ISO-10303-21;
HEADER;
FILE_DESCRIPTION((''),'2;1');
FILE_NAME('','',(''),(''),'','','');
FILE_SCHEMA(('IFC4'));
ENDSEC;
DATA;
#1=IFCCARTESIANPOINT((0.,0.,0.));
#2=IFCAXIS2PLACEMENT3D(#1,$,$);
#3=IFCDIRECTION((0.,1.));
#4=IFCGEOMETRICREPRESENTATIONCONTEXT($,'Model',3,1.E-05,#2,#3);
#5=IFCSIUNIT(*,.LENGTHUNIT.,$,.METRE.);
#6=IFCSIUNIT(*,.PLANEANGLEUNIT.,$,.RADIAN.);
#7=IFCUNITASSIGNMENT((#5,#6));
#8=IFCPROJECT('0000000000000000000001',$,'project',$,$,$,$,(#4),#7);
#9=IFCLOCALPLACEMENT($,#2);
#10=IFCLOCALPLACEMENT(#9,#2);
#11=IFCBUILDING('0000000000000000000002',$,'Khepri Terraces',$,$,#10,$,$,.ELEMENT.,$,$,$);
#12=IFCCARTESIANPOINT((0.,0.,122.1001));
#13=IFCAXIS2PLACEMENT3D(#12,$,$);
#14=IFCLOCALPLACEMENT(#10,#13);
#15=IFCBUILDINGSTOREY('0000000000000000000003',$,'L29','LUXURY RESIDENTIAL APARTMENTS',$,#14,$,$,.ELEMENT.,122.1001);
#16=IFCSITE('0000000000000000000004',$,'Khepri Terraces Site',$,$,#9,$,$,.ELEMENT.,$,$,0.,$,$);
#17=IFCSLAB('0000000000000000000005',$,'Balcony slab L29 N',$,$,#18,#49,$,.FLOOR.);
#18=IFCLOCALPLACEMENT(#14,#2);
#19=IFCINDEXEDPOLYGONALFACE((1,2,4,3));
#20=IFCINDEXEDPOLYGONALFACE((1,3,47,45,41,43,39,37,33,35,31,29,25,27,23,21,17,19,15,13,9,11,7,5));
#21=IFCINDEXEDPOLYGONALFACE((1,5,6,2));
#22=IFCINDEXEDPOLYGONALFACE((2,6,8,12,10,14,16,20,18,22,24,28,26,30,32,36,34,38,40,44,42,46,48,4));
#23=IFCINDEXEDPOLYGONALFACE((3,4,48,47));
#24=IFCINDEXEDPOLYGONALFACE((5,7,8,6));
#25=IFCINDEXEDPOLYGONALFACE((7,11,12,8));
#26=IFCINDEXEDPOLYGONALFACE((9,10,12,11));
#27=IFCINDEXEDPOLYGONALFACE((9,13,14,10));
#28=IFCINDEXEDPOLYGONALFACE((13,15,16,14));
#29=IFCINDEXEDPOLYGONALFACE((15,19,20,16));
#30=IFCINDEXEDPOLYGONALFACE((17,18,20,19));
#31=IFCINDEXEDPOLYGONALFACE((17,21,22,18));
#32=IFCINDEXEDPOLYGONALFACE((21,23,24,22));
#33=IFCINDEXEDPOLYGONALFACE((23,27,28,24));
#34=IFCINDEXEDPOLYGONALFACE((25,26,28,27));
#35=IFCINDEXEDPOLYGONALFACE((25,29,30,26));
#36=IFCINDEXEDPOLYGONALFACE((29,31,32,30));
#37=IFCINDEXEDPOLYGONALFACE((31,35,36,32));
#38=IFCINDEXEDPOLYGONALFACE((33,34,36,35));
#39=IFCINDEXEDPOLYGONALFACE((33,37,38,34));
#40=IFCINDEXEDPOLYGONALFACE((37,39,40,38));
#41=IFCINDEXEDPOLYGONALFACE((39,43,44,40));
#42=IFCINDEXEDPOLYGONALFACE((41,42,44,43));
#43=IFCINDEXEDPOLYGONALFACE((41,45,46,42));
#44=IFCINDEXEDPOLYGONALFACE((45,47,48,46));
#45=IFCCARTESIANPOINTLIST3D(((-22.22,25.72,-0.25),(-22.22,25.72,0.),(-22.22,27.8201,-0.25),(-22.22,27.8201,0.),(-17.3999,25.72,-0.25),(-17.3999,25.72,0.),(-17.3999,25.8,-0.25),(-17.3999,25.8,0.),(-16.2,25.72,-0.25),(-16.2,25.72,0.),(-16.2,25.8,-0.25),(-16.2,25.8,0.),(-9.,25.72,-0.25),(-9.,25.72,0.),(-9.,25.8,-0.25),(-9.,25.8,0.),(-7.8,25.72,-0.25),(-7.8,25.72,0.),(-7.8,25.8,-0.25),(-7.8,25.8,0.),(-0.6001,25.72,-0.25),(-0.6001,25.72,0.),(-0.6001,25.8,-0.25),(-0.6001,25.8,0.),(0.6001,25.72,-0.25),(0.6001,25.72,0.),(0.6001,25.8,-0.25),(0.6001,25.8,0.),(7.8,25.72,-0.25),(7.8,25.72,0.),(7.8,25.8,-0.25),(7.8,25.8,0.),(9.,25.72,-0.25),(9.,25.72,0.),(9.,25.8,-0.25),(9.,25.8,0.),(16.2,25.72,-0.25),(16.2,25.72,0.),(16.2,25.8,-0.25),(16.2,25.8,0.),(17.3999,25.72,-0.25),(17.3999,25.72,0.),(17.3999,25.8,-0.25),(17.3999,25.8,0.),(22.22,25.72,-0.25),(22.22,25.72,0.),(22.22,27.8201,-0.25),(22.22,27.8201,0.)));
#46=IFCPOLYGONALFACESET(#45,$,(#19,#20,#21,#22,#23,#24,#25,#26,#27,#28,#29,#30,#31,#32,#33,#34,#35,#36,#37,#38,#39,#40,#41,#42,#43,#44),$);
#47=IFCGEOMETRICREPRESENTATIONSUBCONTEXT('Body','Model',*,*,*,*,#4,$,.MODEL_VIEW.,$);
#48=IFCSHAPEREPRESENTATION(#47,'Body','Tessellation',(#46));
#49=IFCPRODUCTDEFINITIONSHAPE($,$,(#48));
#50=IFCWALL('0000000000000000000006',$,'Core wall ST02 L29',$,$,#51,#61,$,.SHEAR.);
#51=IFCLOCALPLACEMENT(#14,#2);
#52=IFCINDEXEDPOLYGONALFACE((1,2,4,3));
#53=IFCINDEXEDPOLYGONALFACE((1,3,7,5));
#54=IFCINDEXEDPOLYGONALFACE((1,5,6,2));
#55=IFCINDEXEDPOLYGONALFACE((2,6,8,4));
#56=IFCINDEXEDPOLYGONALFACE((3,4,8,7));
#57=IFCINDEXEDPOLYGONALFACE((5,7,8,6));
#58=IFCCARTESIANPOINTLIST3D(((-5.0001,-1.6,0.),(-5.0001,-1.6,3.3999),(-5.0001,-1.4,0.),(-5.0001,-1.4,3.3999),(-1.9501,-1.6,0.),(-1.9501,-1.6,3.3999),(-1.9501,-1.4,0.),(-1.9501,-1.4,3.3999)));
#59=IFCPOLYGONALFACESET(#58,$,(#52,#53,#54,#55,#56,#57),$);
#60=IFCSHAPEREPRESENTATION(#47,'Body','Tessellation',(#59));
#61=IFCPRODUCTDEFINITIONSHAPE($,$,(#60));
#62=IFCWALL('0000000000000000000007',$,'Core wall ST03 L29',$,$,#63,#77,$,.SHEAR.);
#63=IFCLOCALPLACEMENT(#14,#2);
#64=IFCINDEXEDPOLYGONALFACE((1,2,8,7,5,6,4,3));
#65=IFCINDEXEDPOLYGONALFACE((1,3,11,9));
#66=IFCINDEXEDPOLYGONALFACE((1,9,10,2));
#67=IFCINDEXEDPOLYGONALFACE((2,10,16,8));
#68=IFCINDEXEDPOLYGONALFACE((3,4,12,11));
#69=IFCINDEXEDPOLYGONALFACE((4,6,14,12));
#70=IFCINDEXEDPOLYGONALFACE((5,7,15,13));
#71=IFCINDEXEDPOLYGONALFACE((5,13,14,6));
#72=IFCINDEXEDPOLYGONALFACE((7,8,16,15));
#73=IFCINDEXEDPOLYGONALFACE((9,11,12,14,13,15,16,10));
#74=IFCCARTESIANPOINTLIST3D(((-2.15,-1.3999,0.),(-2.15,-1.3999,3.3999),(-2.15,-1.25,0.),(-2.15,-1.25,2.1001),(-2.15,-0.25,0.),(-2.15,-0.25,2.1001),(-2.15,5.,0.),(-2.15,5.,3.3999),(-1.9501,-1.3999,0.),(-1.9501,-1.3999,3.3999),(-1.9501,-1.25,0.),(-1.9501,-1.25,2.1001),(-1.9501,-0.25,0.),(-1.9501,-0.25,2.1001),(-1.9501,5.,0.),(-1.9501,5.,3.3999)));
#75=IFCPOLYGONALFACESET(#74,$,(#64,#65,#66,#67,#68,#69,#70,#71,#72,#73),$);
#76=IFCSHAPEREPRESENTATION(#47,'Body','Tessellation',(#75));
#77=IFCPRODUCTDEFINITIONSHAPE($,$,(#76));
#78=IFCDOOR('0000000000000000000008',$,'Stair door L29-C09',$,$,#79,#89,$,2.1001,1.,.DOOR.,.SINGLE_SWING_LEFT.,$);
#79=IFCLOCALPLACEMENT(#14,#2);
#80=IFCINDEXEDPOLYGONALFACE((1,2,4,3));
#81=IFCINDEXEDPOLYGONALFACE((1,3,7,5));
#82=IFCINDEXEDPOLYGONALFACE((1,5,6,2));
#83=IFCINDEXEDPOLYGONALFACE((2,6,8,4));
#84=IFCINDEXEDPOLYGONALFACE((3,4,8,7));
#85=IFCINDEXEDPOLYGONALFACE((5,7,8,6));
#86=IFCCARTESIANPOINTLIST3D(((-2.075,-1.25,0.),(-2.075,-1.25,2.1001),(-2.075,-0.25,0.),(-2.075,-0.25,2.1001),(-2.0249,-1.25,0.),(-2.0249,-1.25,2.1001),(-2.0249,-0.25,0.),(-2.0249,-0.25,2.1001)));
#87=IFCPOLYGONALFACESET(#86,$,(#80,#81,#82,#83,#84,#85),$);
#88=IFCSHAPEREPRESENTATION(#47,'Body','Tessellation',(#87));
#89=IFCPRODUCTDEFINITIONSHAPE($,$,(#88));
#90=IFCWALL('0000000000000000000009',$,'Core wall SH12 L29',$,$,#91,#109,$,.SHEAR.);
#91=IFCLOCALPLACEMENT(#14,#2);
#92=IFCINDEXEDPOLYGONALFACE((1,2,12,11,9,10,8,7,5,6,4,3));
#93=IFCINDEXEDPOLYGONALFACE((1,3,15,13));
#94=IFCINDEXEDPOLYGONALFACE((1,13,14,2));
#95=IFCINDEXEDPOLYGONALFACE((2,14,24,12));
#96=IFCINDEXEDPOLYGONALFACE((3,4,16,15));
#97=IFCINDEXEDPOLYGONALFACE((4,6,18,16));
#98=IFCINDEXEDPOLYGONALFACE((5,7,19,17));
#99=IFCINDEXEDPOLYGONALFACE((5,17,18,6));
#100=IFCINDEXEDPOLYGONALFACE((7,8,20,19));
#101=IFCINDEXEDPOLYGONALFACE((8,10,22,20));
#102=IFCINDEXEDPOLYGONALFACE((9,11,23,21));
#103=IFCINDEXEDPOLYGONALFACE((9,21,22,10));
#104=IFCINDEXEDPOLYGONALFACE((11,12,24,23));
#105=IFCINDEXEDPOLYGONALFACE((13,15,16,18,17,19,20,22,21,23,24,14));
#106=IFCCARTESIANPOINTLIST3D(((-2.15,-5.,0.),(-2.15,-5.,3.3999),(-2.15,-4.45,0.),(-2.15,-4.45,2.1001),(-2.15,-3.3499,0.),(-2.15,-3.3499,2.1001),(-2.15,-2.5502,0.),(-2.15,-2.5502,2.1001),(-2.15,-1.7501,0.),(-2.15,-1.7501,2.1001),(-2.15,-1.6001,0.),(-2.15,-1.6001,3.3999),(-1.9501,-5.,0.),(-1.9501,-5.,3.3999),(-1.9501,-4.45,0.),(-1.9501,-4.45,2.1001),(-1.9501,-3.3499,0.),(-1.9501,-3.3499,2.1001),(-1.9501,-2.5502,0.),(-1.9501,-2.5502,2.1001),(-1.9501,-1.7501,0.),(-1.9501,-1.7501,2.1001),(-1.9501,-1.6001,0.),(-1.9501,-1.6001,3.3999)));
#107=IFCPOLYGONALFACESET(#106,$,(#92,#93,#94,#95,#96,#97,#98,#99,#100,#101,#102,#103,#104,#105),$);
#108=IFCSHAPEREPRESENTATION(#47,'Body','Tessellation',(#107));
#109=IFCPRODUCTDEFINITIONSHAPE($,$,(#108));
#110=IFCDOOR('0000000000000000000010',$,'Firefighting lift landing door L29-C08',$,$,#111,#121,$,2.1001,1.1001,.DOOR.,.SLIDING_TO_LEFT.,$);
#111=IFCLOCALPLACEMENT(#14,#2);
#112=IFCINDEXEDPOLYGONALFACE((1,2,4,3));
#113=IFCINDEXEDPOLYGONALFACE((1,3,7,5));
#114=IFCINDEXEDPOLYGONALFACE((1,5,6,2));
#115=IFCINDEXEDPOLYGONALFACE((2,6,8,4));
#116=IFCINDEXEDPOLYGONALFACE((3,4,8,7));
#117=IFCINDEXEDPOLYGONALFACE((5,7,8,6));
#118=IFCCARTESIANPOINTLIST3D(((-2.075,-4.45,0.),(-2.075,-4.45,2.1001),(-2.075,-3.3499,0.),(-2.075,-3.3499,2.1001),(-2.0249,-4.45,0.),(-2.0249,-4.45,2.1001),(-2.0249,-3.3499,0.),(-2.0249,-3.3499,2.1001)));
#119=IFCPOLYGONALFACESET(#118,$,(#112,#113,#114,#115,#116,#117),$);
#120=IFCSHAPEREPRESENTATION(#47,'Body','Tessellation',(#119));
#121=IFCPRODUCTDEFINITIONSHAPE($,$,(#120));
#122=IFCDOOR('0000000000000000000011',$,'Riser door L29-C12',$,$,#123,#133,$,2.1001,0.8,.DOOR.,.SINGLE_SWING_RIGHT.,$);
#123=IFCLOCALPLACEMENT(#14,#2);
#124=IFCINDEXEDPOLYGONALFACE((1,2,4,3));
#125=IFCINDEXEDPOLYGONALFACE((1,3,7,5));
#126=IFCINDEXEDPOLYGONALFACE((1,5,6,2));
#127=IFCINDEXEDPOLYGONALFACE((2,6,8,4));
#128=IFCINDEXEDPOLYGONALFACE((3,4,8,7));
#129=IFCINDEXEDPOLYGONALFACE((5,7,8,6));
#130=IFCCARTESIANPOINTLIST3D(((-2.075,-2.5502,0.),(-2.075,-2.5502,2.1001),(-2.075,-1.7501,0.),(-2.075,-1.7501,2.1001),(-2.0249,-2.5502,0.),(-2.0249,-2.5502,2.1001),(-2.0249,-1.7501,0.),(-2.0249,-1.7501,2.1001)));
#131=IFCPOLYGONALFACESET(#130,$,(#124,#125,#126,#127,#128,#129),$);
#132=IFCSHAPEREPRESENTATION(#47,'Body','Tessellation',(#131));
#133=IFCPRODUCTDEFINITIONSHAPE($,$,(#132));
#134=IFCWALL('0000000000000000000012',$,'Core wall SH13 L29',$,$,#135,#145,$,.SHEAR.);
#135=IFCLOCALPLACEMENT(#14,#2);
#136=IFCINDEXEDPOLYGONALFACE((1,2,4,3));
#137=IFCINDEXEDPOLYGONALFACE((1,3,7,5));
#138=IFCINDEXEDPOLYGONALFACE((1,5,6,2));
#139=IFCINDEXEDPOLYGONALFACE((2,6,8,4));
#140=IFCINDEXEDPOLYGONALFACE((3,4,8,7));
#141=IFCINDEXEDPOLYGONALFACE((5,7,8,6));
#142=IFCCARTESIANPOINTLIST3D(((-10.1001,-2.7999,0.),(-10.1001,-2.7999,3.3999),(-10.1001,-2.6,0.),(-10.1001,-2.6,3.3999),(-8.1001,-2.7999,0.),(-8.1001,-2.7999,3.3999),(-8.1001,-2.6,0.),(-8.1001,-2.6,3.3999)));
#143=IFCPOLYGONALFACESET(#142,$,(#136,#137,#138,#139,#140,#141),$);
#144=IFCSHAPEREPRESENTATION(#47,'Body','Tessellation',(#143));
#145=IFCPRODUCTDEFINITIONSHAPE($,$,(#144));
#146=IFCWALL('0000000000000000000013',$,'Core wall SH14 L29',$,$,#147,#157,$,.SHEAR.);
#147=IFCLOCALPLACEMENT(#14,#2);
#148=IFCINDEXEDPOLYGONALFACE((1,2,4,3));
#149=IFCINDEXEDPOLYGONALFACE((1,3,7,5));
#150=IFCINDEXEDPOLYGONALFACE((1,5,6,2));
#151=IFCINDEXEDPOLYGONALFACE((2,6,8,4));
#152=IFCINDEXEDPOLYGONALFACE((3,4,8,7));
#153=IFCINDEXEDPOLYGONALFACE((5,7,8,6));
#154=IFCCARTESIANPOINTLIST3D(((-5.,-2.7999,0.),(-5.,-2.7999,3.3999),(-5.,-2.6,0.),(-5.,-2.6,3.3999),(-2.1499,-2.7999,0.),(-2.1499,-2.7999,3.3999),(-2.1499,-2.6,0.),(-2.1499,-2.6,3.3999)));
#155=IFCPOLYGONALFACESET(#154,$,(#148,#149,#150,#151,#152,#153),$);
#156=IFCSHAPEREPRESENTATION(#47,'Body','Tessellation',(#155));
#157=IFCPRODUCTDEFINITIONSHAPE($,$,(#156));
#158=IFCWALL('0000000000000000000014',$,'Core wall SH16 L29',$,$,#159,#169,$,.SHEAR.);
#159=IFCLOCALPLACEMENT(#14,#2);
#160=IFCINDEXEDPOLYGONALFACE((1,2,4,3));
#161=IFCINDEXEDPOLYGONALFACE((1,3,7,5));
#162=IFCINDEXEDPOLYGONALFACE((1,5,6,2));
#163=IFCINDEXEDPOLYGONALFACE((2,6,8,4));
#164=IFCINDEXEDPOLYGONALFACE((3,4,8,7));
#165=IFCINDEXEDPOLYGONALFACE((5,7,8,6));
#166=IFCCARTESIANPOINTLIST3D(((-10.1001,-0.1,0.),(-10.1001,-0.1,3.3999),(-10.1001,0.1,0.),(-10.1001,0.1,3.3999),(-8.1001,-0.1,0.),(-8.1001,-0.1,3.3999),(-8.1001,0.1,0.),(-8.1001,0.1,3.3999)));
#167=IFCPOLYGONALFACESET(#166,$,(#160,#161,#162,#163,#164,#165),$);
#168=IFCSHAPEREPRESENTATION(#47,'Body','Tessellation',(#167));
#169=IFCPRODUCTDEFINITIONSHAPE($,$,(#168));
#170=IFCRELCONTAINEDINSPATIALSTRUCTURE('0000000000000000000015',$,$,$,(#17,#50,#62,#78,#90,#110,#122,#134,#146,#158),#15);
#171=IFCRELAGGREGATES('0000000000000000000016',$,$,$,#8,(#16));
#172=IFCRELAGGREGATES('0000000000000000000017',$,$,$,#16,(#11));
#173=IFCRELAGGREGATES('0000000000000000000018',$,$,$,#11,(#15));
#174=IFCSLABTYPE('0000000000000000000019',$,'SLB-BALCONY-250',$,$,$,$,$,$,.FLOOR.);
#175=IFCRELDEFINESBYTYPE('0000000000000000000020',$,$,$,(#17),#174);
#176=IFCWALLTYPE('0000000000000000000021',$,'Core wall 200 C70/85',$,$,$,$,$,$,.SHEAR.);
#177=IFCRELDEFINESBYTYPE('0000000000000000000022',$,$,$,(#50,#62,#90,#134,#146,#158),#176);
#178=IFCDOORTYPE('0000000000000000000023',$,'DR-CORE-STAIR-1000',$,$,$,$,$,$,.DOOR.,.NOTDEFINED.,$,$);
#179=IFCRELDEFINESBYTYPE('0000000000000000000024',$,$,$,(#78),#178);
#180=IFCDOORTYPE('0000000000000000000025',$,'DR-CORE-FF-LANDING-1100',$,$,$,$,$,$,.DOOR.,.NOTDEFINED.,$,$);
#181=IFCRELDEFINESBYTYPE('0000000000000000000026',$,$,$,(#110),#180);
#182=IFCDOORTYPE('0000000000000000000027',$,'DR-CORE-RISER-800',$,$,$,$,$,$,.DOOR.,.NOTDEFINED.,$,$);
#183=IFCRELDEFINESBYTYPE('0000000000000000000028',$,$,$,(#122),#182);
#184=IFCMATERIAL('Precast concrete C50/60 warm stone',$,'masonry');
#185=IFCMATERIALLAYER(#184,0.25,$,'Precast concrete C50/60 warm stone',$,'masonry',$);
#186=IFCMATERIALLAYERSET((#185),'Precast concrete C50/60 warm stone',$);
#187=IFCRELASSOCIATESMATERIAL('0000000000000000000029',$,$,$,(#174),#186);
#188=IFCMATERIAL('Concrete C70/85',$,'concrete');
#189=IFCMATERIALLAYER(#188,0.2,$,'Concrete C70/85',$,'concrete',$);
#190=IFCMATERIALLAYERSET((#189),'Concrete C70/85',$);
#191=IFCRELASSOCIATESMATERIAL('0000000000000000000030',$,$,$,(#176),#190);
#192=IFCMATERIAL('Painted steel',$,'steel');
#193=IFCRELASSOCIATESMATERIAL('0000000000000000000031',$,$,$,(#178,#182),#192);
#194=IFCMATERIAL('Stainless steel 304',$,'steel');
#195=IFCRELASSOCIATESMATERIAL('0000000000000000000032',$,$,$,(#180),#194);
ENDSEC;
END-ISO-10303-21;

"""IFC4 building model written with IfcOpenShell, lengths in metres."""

from ifc_helpers import new_model, si_unit, direction, frame, frame_2d, origin, place, context, subcontext, project, spatial, polyline, rectangle, outline, extrude, material, layer, layer_set, type_object, element, fill, save


model = new_model("IFC4")

# Units and contexts
model_context = context("Model", 3, precision=1e-05, world=origin(), true_north=direction((0.0, 1.0)))
body_context = subcontext(model_context, "Body", "Model", "MODEL_VIEW")
ifc_project = project(units=[si_unit("LENGTHUNIT", "METRE"), si_unit("PLANEANGLEUNIT", "RADIAN")], contexts=[model_context])

# Site, building, storey
site_placement = place(None, origin())
site = spatial("IfcSite", under=ifc_project, at=site_placement, Name="Khepri Terraces Site", CompositionType="ELEMENT", RefElevation=0.0)
building_placement = place(site_placement, origin())
building = spatial("IfcBuilding", under=site, at=building_placement, Name="Khepri Terraces", CompositionType="ELEMENT")
storey_placement = place(building_placement, frame((0.0, 0.0, 122.1001)))
storey = spatial("IfcBuildingStorey", under=building, at=storey_placement, Name="L29", Description="LUXURY RESIDENTIAL APARTMENTS", CompositionType="ELEMENT", Elevation=122.1001)

# Slab
ifc_material_1 = material(Name="Precast concrete C50/60 warm stone", Category="masonry")
ifc_layer_1 = layer(ifc_material_1, 0.25, Name="Precast concrete C50/60 warm stone", Category="masonry")
ifc_layer_set_1 = layer_set([ifc_layer_1], Name="Precast concrete C50/60 warm stone")
slab_type_1 = type_object("IfcSlabType", Name="SLB-BALCONY-250", PredefinedType="FLOOR", material=ifc_layer_set_1)
slab_1_placement = place(storey_placement, frame((0.0, 0.0, -0.25)))
element("IfcSlab", 1, at=slab_1_placement, inside=storey, type_object=slab_type_1, Name="Balcony slab L29 N", PredefinedType="FLOOR", context=body_context, shape_type="SweptSolid", body=[
    extrude(outline(polyline([(17.3999, 25.72), (22.22, 25.72), (22.22, 27.8201), (-22.22, 27.8201), (-22.22, 25.72), (-17.3999, 25.72), (-17.3999, 25.8), (-16.2, 25.8), (-16.2, 25.72), (-9.0, 25.72), (-9.0, 25.8), (-7.8, 25.8), (-7.8, 25.72), (-0.6001, 25.72), (-0.6001, 25.8), (0.6001, 25.8), (0.6001, 25.72), (7.8, 25.72), (7.8, 25.8), (9.0, 25.8), (9.0, 25.72), (16.2, 25.72), (16.2, 25.8), (17.3999, 25.8), (17.3999, 25.72)])), origin(), (0.0, 0.0, 1.0), 0.25),
])

# Wall
ifc_material_2 = material(Name="Concrete C70/85", Category="concrete")
ifc_layer_2 = layer(ifc_material_2, 0.2, Name="Concrete C70/85", Category="concrete")
ifc_layer_set_2 = layer_set([ifc_layer_2], Name="Concrete C70/85")
wall_type_1 = type_object("IfcWallType", Name="Core wall 200 C70/85", PredefinedType="SHEAR", material=ifc_layer_set_2)
wall_1_placement = place(storey_placement, frame((-5.0, -1.5, 0.0), z_axis=(0.0, 0.0, 1.0), x_axis=(1.0, 0.0, 0.0)))
element("IfcWall", 2, at=wall_1_placement, inside=storey, type_object=wall_type_1, Name="Core wall ST02 L29", PredefinedType="SHEAR", context=body_context, shape_type="SweptSolid", body=[
    extrude(rectangle(XDim=3.05, YDim=0.2, at=frame_2d((1.5249, 0.0))), origin(), (0.0, 0.0, 1.0), 3.3999),
])

# Wall, opening, door
wall_2_placement = place(storey_placement, frame((-2.05, -1.3999, 0.0), z_axis=(0.0, 0.0, 1.0), x_axis=(0.0, 1.0, 0.0)))
wall_2 = element("IfcWall", 3, at=wall_2_placement, inside=storey, type_object=wall_type_1, Name="Core wall ST03 L29", PredefinedType="SHEAR", context=body_context, shape_type="SweptSolid", body=[
    extrude(rectangle(XDim=6.3999, YDim=0.2, at=frame_2d((3.2, 0.0))), origin(), (0.0, 0.0, 1.0), 3.3999),
])
opening_1_placement = place(wall_2_placement, frame((0.1499, 0.0, 0.0)))
opening_1 = element("IfcOpeningElement", 4, at=opening_1_placement, cuts=wall_2, PredefinedType="OPENING", context=body_context, shape_type="SweptSolid", body=[
    extrude(rectangle(XDim=1.0, YDim=2.1001, at=frame_2d((0.5, 1.05))), frame((0.0, 0.1099, 0.0), z_axis=(0.0, -1.0, 0.0), x_axis=(1.0, 0.0, 0.0)), (0.0, 0.0, 1.0), 0.22),
])
ifc_material_3 = material(Name="Painted steel", Category="steel")
door_type_1 = type_object("IfcDoorType", Name="DR-CORE-STAIR-1000", OperationType="NOTDEFINED", PredefinedType="DOOR", material=ifc_material_3)
door_1_placement = place(opening_1_placement, origin())
door_1 = element("IfcDoor", 5, at=door_1_placement, inside=storey, type_object=door_type_1, Name="Stair door L29-C09", OperationType="SINGLE_SWING_LEFT", OverallHeight=2.1001, OverallWidth=1.0, PredefinedType="DOOR", context=body_context, shape_type="SweptSolid", body=[
    extrude(rectangle(XDim=1.0, YDim=2.1001, at=frame_2d((0.5, 1.05))), frame((0.0, 0.0249, 0.0), z_axis=(0.0, -1.0, 0.0), x_axis=(1.0, 0.0, 0.0)), (0.0, 0.0, 1.0), 0.05),
])
fill(opening_1, door_1)

# Wall, openings, doors
wall_3_placement = place(storey_placement, frame((-2.05, -5.0, 0.0), z_axis=(0.0, 0.0, 1.0), x_axis=(0.0, 1.0, 0.0)))
wall_3 = element("IfcWall", 6, at=wall_3_placement, inside=storey, type_object=wall_type_1, Name="Core wall SH12 L29", PredefinedType="SHEAR", context=body_context, shape_type="SweptSolid", body=[
    extrude(rectangle(XDim=3.3999, YDim=0.2, at=frame_2d((1.7, 0.0))), origin(), (0.0, 0.0, 1.0), 3.3999),
])
opening_2_placement = place(wall_3_placement, frame((0.55, 0.0, 0.0)))
opening_2 = element("IfcOpeningElement", 7, at=opening_2_placement, cuts=wall_3, PredefinedType="OPENING", context=body_context, shape_type="SweptSolid", body=[
    extrude(rectangle(XDim=1.1001, YDim=2.1001, at=frame_2d((0.55, 1.05))), frame((0.0, 0.1099, 0.0), z_axis=(0.0, -1.0, 0.0), x_axis=(1.0, 0.0, 0.0)), (0.0, 0.0, 1.0), 0.22),
])
opening_3_placement = place(wall_3_placement, frame((2.45, 0.0, 0.0)))
opening_3 = element("IfcOpeningElement", 8, at=opening_3_placement, cuts=wall_3, PredefinedType="OPENING", context=body_context, shape_type="SweptSolid", body=[
    extrude(rectangle(XDim=0.8, YDim=2.1001, at=frame_2d((0.3999, 1.05))), frame((0.0, 0.1099, 0.0), z_axis=(0.0, -1.0, 0.0), x_axis=(1.0, 0.0, 0.0)), (0.0, 0.0, 1.0), 0.22),
])
ifc_material_4 = material(Name="Stainless steel 304", Category="steel")
door_type_2 = type_object("IfcDoorType", Name="DR-CORE-FF-LANDING-1100", OperationType="NOTDEFINED", PredefinedType="DOOR", material=ifc_material_4)
door_2_placement = place(opening_2_placement, origin())
door_2 = element("IfcDoor", 9, at=door_2_placement, inside=storey, type_object=door_type_2, Name="Firefighting lift landing door L29-C08", OperationType="SLIDING_TO_LEFT", OverallHeight=2.1001, OverallWidth=1.1001, PredefinedType="DOOR", context=body_context, shape_type="SweptSolid", body=[
    extrude(rectangle(XDim=1.1001, YDim=2.1001, at=frame_2d((0.55, 1.05))), frame((0.0, 0.0249, 0.0), z_axis=(0.0, -1.0, 0.0), x_axis=(1.0, 0.0, 0.0)), (0.0, 0.0, 1.0), 0.05),
])
fill(opening_2, door_2)
door_type_3 = type_object("IfcDoorType", Name="DR-CORE-RISER-800", OperationType="NOTDEFINED", PredefinedType="DOOR", material=ifc_material_3)
door_3_placement = place(opening_3_placement, origin())
door_3 = element("IfcDoor", 10, at=door_3_placement, inside=storey, type_object=door_type_3, Name="Riser door L29-C12", OperationType="SINGLE_SWING_RIGHT", OverallHeight=2.1001, OverallWidth=0.8, PredefinedType="DOOR", context=body_context, shape_type="SweptSolid", body=[
    extrude(rectangle(XDim=0.8, YDim=2.1001, at=frame_2d((0.3999, 1.05))), frame((0.0, 0.0249, 0.0), z_axis=(0.0, -1.0, 0.0), x_axis=(1.0, 0.0, 0.0)), (0.0, 0.0, 1.0), 0.05),
])
fill(opening_3, door_3)

# Walls
wall_4_placement = place(storey_placement, frame((-10.1001, -2.7, 0.0), z_axis=(0.0, 0.0, 1.0), x_axis=(1.0, 0.0, 0.0)))
element("IfcWall", 11, at=wall_4_placement, inside=storey, type_object=wall_type_1, Name="Core wall SH13 L29", PredefinedType="SHEAR", context=body_context, shape_type="SweptSolid", body=[
    extrude(rectangle(XDim=2.0, YDim=0.2, at=frame_2d((1.0, 0.0))), origin(), (0.0, 0.0, 1.0), 3.3999),
])
wall_5_placement = place(storey_placement, frame((-5.0, -2.7, 0.0), z_axis=(0.0, 0.0, 1.0), x_axis=(1.0, 0.0, 0.0)))
element("IfcWall", 12, at=wall_5_placement, inside=storey, type_object=wall_type_1, Name="Core wall SH14 L29", PredefinedType="SHEAR", context=body_context, shape_type="SweptSolid", body=[
    extrude(rectangle(XDim=2.8501, YDim=0.2, at=frame_2d((1.425, 0.0))), origin(), (0.0, 0.0, 1.0), 3.3999),
])
wall_6_placement = place(storey_placement, frame((-10.1001, 0.0, 0.0), z_axis=(0.0, 0.0, 1.0), x_axis=(1.0, 0.0, 0.0)))
element("IfcWall", 13, at=wall_6_placement, inside=storey, type_object=wall_type_1, Name="Core wall SH16 L29", PredefinedType="SHEAR", context=body_context, shape_type="SweptSolid", body=[
    extrude(rectangle(XDim=2.0, YDim=0.2, at=frame_2d((1.0, 0.0))), origin(), (0.0, 0.0, 1.0), 3.3999),
])

save(model, "model.ifc")
